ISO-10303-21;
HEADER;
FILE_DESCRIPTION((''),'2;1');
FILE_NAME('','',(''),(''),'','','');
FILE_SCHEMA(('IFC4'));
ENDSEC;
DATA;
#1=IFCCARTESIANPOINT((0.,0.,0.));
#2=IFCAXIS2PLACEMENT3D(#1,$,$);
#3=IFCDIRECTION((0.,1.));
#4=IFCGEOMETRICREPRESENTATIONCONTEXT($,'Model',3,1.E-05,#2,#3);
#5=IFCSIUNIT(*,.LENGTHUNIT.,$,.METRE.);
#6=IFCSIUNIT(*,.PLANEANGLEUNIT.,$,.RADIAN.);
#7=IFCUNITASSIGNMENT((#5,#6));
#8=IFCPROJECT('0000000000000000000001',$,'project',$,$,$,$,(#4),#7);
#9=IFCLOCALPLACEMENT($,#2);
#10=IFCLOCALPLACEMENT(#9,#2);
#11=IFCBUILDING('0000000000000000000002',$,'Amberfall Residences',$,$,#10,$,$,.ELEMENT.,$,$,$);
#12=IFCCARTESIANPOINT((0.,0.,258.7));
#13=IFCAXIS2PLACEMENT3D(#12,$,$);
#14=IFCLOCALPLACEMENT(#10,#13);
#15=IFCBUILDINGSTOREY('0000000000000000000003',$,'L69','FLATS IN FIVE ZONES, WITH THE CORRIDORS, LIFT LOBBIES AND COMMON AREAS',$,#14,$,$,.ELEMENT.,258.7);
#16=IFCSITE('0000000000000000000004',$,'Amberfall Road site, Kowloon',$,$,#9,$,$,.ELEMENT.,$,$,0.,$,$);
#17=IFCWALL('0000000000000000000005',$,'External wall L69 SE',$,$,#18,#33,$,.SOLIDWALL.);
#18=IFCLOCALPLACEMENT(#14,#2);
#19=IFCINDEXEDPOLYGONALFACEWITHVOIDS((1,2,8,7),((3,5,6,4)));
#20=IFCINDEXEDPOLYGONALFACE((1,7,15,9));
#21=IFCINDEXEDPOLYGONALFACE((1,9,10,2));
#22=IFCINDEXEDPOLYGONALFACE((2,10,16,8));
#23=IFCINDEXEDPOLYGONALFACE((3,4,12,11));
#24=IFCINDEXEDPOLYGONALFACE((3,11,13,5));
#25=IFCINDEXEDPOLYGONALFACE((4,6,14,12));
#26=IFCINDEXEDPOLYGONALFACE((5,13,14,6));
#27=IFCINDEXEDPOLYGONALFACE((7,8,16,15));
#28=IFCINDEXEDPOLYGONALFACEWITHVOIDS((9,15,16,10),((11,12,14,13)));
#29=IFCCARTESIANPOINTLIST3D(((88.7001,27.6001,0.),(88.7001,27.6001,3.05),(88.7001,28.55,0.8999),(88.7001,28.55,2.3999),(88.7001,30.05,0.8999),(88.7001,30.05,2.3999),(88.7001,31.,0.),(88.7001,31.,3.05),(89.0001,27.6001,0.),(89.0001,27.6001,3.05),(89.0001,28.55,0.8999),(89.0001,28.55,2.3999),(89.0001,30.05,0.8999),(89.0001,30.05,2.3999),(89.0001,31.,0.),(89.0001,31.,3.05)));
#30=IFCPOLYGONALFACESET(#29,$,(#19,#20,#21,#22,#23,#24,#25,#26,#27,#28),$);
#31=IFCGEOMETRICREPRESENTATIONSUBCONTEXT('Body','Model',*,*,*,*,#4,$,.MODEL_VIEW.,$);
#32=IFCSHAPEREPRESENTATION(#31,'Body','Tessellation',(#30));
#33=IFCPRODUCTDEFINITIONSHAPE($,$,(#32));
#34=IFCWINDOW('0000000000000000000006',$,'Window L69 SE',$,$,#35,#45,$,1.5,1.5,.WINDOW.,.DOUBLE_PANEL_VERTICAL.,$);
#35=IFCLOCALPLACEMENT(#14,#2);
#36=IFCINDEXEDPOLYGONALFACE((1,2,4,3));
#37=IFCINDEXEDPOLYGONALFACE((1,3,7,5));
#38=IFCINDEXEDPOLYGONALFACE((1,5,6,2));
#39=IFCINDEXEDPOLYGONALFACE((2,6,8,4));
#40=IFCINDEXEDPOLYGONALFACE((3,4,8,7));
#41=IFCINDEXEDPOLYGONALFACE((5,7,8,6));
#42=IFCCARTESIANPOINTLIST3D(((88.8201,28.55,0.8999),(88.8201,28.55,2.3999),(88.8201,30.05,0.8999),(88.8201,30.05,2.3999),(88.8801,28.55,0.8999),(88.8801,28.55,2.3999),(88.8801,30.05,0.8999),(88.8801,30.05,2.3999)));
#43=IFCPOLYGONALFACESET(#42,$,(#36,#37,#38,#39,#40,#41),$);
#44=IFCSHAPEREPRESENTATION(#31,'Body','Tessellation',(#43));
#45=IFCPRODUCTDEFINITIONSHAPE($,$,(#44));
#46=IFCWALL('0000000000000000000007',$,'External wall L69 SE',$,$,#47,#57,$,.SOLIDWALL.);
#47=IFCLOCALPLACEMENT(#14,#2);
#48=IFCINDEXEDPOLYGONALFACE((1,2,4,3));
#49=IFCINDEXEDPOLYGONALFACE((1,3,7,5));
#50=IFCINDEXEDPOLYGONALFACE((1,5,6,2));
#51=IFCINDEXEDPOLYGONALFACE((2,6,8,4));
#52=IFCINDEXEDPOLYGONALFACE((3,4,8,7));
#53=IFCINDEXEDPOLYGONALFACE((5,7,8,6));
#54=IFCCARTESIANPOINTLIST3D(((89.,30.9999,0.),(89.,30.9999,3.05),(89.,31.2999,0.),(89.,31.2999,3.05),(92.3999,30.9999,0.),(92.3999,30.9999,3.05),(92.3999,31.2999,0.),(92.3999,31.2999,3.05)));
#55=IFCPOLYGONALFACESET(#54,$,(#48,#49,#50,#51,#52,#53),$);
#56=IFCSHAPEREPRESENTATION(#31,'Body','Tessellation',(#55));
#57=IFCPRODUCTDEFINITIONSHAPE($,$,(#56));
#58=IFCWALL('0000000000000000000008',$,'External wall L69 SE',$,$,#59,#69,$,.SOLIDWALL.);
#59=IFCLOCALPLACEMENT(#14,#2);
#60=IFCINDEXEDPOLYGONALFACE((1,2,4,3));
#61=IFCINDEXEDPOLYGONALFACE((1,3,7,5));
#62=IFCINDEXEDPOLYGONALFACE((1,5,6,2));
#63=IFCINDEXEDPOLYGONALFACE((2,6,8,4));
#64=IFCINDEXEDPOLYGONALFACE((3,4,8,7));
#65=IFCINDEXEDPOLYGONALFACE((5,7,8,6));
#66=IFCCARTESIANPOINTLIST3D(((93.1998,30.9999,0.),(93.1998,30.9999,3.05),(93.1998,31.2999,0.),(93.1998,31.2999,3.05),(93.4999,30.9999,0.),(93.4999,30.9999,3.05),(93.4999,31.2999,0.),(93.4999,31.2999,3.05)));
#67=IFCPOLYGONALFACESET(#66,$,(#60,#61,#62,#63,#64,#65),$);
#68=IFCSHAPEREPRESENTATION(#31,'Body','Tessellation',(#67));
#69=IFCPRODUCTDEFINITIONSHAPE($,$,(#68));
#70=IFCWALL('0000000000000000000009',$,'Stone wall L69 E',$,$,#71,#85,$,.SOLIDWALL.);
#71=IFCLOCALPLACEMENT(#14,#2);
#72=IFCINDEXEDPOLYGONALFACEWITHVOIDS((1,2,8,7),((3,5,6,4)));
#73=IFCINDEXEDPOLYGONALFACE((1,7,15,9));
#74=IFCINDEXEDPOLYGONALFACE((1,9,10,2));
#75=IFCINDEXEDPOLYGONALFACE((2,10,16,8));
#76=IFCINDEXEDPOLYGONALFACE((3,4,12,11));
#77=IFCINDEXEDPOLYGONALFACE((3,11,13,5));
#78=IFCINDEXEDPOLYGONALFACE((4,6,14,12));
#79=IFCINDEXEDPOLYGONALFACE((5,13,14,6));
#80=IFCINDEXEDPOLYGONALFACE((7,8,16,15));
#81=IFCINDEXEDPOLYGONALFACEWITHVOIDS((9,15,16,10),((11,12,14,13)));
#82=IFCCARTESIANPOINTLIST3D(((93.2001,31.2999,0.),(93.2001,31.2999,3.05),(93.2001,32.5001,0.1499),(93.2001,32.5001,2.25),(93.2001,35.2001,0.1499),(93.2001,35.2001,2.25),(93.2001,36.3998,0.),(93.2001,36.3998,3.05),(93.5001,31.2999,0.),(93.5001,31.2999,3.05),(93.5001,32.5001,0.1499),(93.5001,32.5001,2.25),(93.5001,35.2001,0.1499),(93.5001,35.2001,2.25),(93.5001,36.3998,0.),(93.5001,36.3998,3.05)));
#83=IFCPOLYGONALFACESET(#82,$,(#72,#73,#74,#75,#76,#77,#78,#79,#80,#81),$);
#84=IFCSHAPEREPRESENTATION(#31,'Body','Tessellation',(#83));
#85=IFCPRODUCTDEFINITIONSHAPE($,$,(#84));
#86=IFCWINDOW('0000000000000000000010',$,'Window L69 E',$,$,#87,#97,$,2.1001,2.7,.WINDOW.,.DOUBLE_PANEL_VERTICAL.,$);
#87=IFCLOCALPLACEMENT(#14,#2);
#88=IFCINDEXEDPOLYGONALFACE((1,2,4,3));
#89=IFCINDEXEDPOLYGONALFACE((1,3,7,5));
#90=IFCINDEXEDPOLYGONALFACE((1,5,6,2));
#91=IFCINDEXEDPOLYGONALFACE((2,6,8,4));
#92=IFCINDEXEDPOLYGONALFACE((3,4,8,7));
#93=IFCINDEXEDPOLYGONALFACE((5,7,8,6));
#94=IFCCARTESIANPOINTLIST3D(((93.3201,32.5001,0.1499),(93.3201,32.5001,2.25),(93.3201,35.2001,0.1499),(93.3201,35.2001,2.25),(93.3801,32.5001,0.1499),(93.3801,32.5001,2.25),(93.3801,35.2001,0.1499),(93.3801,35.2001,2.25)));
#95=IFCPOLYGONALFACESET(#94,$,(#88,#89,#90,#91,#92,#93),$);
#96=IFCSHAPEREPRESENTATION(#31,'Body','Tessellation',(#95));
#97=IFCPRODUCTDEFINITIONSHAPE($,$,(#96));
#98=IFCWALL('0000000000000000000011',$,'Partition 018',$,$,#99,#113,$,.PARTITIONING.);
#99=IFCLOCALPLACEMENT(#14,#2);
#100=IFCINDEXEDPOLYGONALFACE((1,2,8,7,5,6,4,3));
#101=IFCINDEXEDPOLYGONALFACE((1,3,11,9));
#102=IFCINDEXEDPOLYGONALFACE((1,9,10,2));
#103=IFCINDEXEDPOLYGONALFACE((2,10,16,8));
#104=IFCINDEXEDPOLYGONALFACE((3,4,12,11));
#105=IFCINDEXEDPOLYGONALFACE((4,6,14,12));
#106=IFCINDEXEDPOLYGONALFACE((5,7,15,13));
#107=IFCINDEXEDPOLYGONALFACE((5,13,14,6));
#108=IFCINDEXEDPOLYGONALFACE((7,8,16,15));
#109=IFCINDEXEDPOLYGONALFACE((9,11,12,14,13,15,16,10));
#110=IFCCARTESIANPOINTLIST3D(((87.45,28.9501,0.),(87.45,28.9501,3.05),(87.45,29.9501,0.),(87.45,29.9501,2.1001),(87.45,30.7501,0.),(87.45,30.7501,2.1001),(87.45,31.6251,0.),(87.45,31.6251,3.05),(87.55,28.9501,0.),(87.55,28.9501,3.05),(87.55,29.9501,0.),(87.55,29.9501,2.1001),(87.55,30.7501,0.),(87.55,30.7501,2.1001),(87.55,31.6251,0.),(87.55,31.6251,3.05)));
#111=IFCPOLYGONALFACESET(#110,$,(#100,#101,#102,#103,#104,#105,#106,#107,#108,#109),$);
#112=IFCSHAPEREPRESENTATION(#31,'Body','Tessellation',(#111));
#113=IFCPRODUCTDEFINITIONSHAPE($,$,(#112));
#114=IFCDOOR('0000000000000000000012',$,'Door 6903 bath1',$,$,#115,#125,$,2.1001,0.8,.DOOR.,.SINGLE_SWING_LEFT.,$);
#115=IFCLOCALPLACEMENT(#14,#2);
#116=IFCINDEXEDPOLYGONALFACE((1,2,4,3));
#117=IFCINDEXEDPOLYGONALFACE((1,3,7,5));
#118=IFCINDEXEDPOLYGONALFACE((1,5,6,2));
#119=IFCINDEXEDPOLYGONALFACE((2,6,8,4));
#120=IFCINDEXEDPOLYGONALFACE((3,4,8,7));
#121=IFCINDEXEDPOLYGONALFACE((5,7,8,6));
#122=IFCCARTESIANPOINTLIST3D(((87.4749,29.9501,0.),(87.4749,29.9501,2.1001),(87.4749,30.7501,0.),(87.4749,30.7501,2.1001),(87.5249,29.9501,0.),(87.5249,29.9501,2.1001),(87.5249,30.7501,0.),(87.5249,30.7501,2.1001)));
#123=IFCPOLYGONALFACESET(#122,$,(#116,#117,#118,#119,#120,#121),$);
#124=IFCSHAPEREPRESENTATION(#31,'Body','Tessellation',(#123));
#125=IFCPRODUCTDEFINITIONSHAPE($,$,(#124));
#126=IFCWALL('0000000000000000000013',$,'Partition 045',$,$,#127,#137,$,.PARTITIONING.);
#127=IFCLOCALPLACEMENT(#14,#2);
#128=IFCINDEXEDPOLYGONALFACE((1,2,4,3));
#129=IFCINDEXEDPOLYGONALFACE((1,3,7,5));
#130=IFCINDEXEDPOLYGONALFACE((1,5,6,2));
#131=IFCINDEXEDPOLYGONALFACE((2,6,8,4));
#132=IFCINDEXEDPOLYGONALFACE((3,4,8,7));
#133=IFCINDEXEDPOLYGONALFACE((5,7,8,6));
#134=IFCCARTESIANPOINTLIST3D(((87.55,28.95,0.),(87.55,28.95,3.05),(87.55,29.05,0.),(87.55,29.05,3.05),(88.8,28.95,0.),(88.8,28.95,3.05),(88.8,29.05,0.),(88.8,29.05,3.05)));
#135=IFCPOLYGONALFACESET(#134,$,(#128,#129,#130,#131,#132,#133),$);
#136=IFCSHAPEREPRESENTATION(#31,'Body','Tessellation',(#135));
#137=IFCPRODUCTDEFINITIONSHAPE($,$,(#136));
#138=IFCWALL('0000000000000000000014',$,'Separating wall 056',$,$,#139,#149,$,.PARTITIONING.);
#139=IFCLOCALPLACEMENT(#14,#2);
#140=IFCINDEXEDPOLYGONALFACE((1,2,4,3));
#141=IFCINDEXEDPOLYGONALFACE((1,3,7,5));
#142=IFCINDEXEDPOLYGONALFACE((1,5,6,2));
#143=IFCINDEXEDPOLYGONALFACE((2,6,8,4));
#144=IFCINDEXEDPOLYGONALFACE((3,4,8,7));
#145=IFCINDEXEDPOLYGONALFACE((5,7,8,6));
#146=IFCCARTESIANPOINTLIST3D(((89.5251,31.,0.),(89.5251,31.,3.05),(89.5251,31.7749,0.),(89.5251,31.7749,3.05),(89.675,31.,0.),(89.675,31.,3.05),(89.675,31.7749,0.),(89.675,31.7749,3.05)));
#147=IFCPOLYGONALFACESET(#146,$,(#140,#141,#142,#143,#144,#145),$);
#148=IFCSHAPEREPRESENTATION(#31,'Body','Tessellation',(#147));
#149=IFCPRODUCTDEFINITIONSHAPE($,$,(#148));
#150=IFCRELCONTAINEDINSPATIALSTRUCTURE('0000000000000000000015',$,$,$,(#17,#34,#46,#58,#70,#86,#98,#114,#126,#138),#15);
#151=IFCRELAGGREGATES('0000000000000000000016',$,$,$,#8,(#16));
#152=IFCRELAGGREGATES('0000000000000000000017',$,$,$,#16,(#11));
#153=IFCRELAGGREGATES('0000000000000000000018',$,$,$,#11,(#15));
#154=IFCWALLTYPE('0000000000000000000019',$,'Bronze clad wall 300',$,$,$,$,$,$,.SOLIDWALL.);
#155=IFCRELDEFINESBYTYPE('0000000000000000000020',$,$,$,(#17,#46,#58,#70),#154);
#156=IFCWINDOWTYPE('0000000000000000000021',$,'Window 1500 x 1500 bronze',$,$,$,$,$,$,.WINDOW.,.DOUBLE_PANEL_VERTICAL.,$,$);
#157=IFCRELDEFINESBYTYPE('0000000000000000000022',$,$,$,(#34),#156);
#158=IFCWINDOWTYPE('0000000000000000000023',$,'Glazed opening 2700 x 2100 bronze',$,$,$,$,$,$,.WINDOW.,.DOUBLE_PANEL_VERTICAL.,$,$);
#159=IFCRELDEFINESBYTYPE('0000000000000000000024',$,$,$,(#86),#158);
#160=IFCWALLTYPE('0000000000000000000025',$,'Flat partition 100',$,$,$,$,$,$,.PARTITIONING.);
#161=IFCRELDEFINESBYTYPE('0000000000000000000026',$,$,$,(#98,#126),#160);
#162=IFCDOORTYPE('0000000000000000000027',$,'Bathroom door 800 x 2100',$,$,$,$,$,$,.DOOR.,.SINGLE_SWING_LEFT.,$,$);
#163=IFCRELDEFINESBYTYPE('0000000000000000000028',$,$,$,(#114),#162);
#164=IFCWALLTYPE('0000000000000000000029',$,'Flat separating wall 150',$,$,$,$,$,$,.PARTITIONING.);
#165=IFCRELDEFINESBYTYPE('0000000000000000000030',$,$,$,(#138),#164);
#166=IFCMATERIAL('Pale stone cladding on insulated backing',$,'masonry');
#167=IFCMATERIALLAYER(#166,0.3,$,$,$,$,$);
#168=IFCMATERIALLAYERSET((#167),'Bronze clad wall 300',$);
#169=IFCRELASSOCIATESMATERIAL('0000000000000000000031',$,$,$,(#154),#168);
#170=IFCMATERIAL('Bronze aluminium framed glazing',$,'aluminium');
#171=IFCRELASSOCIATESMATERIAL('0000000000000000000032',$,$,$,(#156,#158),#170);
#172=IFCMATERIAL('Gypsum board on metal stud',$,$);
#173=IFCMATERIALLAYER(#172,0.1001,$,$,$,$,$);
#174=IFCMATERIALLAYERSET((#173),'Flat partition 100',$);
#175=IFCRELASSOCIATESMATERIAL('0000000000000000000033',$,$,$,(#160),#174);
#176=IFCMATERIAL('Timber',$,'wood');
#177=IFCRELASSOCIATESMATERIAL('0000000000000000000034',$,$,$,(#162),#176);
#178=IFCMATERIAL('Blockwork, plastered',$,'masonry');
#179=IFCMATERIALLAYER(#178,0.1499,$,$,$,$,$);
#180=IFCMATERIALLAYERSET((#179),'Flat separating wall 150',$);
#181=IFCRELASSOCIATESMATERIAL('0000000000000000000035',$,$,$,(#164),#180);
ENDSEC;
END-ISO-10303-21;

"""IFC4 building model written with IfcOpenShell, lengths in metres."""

from ifc_helpers import new_model, si_unit, direction, frame, frame_2d, origin, place, context, subcontext, project, spatial, rectangle, extrude, material, layer, layer_set, type_object, element, fill, save


model = new_model("IFC4")

# Units and contexts
model_context = context("Model", 3, precision=1e-05, world=origin(), true_north=direction((0.0, 1.0)))
body_context = subcontext(model_context, "Body", "Model", "MODEL_VIEW")
ifc_project = project(units=[si_unit("LENGTHUNIT", "METRE"), si_unit("PLANEANGLEUNIT", "RADIAN")], contexts=[model_context])

# Site, building, storey
site_placement = place(None, origin())
site = spatial("IfcSite", under=ifc_project, at=site_placement, Name="Amberfall Road site, Kowloon", CompositionType="ELEMENT", RefElevation=0.0)
building_placement = place(site_placement, origin())
building = spatial("IfcBuilding", under=site, at=building_placement, Name="Amberfall Residences", CompositionType="ELEMENT")
storey_placement = place(building_placement, frame((0.0, 0.0, 258.7)))
storey = spatial("IfcBuildingStorey", under=building, at=storey_placement, Name="L69", Description="FLATS IN FIVE ZONES, WITH THE CORRIDORS, LIFT LOBBIES AND COMMON AREAS", CompositionType="ELEMENT", Elevation=258.7)

# Shared definitions
ifc_material_1 = material(Name="Pale stone cladding on insulated backing", Category="masonry")
ifc_layer_1 = layer(ifc_material_1, 0.3)
ifc_layer_set_1 = layer_set([ifc_layer_1], Name="Bronze clad wall 300")
wall_type_1 = type_object("IfcWallType", Name="Bronze clad wall 300", PredefinedType="SOLIDWALL", material=ifc_layer_set_1)

# Wall, opening, window
wall_1_placement = place(storey_placement, frame((88.8501, 27.6001, 0.0), z_axis=(0.0, 0.0, 1.0), x_axis=(0.0, 1.0, 0.0)))
wall_1 = element("IfcWall", 1, at=wall_1_placement, inside=storey, type_object=wall_type_1, Name="External wall L69 SE", PredefinedType="SOLIDWALL", context=body_context, shape_type="SweptSolid", body=[
    extrude(rectangle(XDim=3.3999, YDim=0.3, at=frame_2d((1.7, 0.0))), origin(), (0.0, 0.0, 1.0), 3.05),
])
opening_1_placement = place(wall_1_placement, frame((0.95, 0.0, 0.8999)))
opening_1 = element("IfcOpeningElement", 2, at=opening_1_placement, cuts=wall_1, PredefinedType="OPENING", context=body_context, shape_type="SweptSolid", body=[
    extrude(rectangle(XDim=1.5, YDim=1.5, at=frame_2d((0.75, 0.75))), frame((0.0, 0.1599, 0.0), z_axis=(0.0, -1.0, 0.0), x_axis=(1.0, 0.0, 0.0)), (0.0, 0.0, 1.0), 0.3201),
])
ifc_material_2 = material(Name="Bronze aluminium framed glazing", Category="aluminium")
window_type_1 = type_object("IfcWindowType", Name="Window 1500 x 1500 bronze", PartitioningType="DOUBLE_PANEL_VERTICAL", PredefinedType="WINDOW", material=ifc_material_2)
window_1_placement = place(opening_1_placement, origin())
window_1 = element("IfcWindow", 3, at=window_1_placement, inside=storey, type_object=window_type_1, Name="Window L69 SE", OverallHeight=1.5, OverallWidth=1.5, PartitioningType="DOUBLE_PANEL_VERTICAL", PredefinedType="WINDOW", context=body_context, shape_type="SweptSolid", body=[
    extrude(rectangle(XDim=1.5, YDim=1.5, at=frame_2d((0.75, 0.75))), frame((0.0, 0.03, 0.0), z_axis=(0.0, -1.0, 0.0), x_axis=(1.0, 0.0, 0.0)), (0.0, 0.0, 1.0), 0.0601),
])
fill(opening_1, window_1)

# Walls
wall_2_placement = place(storey_placement, frame((89.0, 31.1499, 0.0), z_axis=(0.0, 0.0, 1.0), x_axis=(1.0, 0.0, 0.0)))
element("IfcWall", 4, at=wall_2_placement, inside=storey, type_object=wall_type_1, Name="External wall L69 SE", PredefinedType="SOLIDWALL", context=body_context, shape_type="SweptSolid", body=[
    extrude(rectangle(XDim=3.3999, YDim=0.3, at=frame_2d((1.7, 0.0))), origin(), (0.0, 0.0, 1.0), 3.05),
])
wall_3_placement = place(storey_placement, frame((93.2, 31.1499, 0.0), z_axis=(0.0, 0.0, 1.0), x_axis=(1.0, 0.0, 0.0)))
element("IfcWall", 5, at=wall_3_placement, inside=storey, type_object=wall_type_1, Name="External wall L69 SE", PredefinedType="SOLIDWALL", context=body_context, shape_type="SweptSolid", body=[
    extrude(rectangle(XDim=0.3, YDim=0.3, at=frame_2d((0.1499, 0.0))), origin(), (0.0, 0.0, 1.0), 3.05),
])

# Wall, opening, window
wall_4_placement = place(storey_placement, frame((93.3501, 31.3, 0.0), z_axis=(0.0, 0.0, 1.0), x_axis=(0.0, 1.0, 0.0)))
wall_4 = element("IfcWall", 6, at=wall_4_placement, inside=storey, type_object=wall_type_1, Name="Stone wall L69 E", PredefinedType="SOLIDWALL", context=body_context, shape_type="SweptSolid", body=[
    extrude(rectangle(XDim=5.0999, YDim=0.3, at=frame_2d((2.5498, 0.0))), origin(), (0.0, 0.0, 1.0), 3.05),
])
opening_2_placement = place(wall_4_placement, frame((1.2, 0.0, 0.1499)))
opening_2 = element("IfcOpeningElement", 7, at=opening_2_placement, cuts=wall_4, PredefinedType="OPENING", context=body_context, shape_type="SweptSolid", body=[
    extrude(rectangle(XDim=2.7, YDim=2.1001, at=frame_2d((1.3501, 1.05))), frame((0.0, 0.1599, 0.0), z_axis=(0.0, -1.0, 0.0), x_axis=(1.0, 0.0, 0.0)), (0.0, 0.0, 1.0), 0.3201),
])
window_type_2 = type_object("IfcWindowType", Name="Glazed opening 2700 x 2100 bronze", PartitioningType="DOUBLE_PANEL_VERTICAL", PredefinedType="WINDOW", material=ifc_material_2)
window_2_placement = place(opening_2_placement, origin())
window_2 = element("IfcWindow", 8, at=window_2_placement, inside=storey, type_object=window_type_2, Name="Window L69 E", OverallHeight=2.1001, OverallWidth=2.7, PartitioningType="DOUBLE_PANEL_VERTICAL", PredefinedType="WINDOW", context=body_context, shape_type="SweptSolid", body=[
    extrude(rectangle(XDim=2.7, YDim=2.1001, at=frame_2d((1.3501, 1.05))), frame((0.0, 0.03, 0.0), z_axis=(0.0, -1.0, 0.0), x_axis=(1.0, 0.0, 0.0)), (0.0, 0.0, 1.0), 0.0601),
])
fill(opening_2, window_2)

# Wall, opening, door
ifc_material_3 = material(Name="Gypsum board on metal stud")
ifc_layer_2 = layer(ifc_material_3, 0.1001)
ifc_layer_set_2 = layer_set([ifc_layer_2], Name="Flat partition 100")
wall_type_2 = type_object("IfcWallType", Name="Flat partition 100", PredefinedType="PARTITIONING", material=ifc_layer_set_2)
wall_5_placement = place(storey_placement, frame((87.5, 31.625, 0.0), z_axis=(0.0, 0.0, 1.0), x_axis=(0.0, -1.0, 0.0)))
wall_5 = element("IfcWall", 9, at=wall_5_placement, inside=storey, type_object=wall_type_2, Name="Partition 018", PredefinedType="PARTITIONING", context=body_context, shape_type="SweptSolid", body=[
    extrude(rectangle(XDim=2.675, YDim=0.1001, at=frame_2d((1.3374, 0.0))), origin(), (0.0, 0.0, 1.0), 3.05),
])
opening_3_placement = place(wall_5_placement, frame((0.875, 0.0, 0.0)))
opening_3 = element("IfcOpeningElement", 10, at=opening_3_placement, cuts=wall_5, PredefinedType="OPENING", context=body_context, shape_type="SweptSolid", body=[
    extrude(rectangle(XDim=0.8, YDim=2.1001, at=frame_2d((0.3999, 1.05))), frame((0.0, 0.0601, 0.0), z_axis=(0.0, -1.0, 0.0), x_axis=(1.0, 0.0, 0.0)), (0.0, 0.0, 1.0), 0.1201),
])
ifc_material_4 = material(Name="Timber", Category="wood")
door_type_1 = type_object("IfcDoorType", Name="Bathroom door 800 x 2100", OperationType="SINGLE_SWING_LEFT", PredefinedType="DOOR", material=ifc_material_4)
door_1_placement = place(opening_3_placement, origin())
door_1 = element("IfcDoor", 11, at=door_1_placement, inside=storey, type_object=door_type_1, Name="Door 6903 bath1", OperationType="SINGLE_SWING_LEFT", OverallHeight=2.1001, OverallWidth=0.8, PredefinedType="DOOR", context=body_context, shape_type="SweptSolid", body=[
    extrude(rectangle(XDim=0.8, YDim=2.1001, at=frame_2d((0.3999, 1.05))), frame((0.0, 0.0249, 0.0), z_axis=(0.0, -1.0, 0.0), x_axis=(1.0, 0.0, 0.0)), (0.0, 0.0, 1.0), 0.05),
])
fill(opening_3, door_1)

# Walls
wall_6_placement = place(storey_placement, frame((87.55, 29.0, 0.0), z_axis=(0.0, 0.0, 1.0), x_axis=(1.0, 0.0, 0.0)))
element("IfcWall", 12, at=wall_6_placement, inside=storey, type_object=wall_type_2, Name="Partition 045", PredefinedType="PARTITIONING", context=body_context, shape_type="SweptSolid", body=[
    extrude(rectangle(XDim=1.25, YDim=0.1001, at=frame_2d((0.625, 0.0))), origin(), (0.0, 0.0, 1.0), 3.05),
])
ifc_material_5 = material(Name="Blockwork, plastered", Category="masonry")
ifc_layer_3 = layer(ifc_material_5, 0.1499)
ifc_layer_set_3 = layer_set([ifc_layer_3], Name="Flat separating wall 150")
wall_type_3 = type_object("IfcWallType", Name="Flat separating wall 150", PredefinedType="PARTITIONING", material=ifc_layer_set_3)
wall_7_placement = place(storey_placement, frame((89.6001, 31.0, 0.0), z_axis=(0.0, 0.0, 1.0), x_axis=(0.0, 1.0, 0.0)))
element("IfcWall", 13, at=wall_7_placement, inside=storey, type_object=wall_type_3, Name="Separating wall 056", PredefinedType="PARTITIONING", context=body_context, shape_type="SweptSolid", body=[
    extrude(rectangle(XDim=0.7749, YDim=0.1499, at=frame_2d((0.3875, 0.0))), origin(), (0.0, 0.0, 1.0), 3.05),
])

save(model, "model.ifc")
